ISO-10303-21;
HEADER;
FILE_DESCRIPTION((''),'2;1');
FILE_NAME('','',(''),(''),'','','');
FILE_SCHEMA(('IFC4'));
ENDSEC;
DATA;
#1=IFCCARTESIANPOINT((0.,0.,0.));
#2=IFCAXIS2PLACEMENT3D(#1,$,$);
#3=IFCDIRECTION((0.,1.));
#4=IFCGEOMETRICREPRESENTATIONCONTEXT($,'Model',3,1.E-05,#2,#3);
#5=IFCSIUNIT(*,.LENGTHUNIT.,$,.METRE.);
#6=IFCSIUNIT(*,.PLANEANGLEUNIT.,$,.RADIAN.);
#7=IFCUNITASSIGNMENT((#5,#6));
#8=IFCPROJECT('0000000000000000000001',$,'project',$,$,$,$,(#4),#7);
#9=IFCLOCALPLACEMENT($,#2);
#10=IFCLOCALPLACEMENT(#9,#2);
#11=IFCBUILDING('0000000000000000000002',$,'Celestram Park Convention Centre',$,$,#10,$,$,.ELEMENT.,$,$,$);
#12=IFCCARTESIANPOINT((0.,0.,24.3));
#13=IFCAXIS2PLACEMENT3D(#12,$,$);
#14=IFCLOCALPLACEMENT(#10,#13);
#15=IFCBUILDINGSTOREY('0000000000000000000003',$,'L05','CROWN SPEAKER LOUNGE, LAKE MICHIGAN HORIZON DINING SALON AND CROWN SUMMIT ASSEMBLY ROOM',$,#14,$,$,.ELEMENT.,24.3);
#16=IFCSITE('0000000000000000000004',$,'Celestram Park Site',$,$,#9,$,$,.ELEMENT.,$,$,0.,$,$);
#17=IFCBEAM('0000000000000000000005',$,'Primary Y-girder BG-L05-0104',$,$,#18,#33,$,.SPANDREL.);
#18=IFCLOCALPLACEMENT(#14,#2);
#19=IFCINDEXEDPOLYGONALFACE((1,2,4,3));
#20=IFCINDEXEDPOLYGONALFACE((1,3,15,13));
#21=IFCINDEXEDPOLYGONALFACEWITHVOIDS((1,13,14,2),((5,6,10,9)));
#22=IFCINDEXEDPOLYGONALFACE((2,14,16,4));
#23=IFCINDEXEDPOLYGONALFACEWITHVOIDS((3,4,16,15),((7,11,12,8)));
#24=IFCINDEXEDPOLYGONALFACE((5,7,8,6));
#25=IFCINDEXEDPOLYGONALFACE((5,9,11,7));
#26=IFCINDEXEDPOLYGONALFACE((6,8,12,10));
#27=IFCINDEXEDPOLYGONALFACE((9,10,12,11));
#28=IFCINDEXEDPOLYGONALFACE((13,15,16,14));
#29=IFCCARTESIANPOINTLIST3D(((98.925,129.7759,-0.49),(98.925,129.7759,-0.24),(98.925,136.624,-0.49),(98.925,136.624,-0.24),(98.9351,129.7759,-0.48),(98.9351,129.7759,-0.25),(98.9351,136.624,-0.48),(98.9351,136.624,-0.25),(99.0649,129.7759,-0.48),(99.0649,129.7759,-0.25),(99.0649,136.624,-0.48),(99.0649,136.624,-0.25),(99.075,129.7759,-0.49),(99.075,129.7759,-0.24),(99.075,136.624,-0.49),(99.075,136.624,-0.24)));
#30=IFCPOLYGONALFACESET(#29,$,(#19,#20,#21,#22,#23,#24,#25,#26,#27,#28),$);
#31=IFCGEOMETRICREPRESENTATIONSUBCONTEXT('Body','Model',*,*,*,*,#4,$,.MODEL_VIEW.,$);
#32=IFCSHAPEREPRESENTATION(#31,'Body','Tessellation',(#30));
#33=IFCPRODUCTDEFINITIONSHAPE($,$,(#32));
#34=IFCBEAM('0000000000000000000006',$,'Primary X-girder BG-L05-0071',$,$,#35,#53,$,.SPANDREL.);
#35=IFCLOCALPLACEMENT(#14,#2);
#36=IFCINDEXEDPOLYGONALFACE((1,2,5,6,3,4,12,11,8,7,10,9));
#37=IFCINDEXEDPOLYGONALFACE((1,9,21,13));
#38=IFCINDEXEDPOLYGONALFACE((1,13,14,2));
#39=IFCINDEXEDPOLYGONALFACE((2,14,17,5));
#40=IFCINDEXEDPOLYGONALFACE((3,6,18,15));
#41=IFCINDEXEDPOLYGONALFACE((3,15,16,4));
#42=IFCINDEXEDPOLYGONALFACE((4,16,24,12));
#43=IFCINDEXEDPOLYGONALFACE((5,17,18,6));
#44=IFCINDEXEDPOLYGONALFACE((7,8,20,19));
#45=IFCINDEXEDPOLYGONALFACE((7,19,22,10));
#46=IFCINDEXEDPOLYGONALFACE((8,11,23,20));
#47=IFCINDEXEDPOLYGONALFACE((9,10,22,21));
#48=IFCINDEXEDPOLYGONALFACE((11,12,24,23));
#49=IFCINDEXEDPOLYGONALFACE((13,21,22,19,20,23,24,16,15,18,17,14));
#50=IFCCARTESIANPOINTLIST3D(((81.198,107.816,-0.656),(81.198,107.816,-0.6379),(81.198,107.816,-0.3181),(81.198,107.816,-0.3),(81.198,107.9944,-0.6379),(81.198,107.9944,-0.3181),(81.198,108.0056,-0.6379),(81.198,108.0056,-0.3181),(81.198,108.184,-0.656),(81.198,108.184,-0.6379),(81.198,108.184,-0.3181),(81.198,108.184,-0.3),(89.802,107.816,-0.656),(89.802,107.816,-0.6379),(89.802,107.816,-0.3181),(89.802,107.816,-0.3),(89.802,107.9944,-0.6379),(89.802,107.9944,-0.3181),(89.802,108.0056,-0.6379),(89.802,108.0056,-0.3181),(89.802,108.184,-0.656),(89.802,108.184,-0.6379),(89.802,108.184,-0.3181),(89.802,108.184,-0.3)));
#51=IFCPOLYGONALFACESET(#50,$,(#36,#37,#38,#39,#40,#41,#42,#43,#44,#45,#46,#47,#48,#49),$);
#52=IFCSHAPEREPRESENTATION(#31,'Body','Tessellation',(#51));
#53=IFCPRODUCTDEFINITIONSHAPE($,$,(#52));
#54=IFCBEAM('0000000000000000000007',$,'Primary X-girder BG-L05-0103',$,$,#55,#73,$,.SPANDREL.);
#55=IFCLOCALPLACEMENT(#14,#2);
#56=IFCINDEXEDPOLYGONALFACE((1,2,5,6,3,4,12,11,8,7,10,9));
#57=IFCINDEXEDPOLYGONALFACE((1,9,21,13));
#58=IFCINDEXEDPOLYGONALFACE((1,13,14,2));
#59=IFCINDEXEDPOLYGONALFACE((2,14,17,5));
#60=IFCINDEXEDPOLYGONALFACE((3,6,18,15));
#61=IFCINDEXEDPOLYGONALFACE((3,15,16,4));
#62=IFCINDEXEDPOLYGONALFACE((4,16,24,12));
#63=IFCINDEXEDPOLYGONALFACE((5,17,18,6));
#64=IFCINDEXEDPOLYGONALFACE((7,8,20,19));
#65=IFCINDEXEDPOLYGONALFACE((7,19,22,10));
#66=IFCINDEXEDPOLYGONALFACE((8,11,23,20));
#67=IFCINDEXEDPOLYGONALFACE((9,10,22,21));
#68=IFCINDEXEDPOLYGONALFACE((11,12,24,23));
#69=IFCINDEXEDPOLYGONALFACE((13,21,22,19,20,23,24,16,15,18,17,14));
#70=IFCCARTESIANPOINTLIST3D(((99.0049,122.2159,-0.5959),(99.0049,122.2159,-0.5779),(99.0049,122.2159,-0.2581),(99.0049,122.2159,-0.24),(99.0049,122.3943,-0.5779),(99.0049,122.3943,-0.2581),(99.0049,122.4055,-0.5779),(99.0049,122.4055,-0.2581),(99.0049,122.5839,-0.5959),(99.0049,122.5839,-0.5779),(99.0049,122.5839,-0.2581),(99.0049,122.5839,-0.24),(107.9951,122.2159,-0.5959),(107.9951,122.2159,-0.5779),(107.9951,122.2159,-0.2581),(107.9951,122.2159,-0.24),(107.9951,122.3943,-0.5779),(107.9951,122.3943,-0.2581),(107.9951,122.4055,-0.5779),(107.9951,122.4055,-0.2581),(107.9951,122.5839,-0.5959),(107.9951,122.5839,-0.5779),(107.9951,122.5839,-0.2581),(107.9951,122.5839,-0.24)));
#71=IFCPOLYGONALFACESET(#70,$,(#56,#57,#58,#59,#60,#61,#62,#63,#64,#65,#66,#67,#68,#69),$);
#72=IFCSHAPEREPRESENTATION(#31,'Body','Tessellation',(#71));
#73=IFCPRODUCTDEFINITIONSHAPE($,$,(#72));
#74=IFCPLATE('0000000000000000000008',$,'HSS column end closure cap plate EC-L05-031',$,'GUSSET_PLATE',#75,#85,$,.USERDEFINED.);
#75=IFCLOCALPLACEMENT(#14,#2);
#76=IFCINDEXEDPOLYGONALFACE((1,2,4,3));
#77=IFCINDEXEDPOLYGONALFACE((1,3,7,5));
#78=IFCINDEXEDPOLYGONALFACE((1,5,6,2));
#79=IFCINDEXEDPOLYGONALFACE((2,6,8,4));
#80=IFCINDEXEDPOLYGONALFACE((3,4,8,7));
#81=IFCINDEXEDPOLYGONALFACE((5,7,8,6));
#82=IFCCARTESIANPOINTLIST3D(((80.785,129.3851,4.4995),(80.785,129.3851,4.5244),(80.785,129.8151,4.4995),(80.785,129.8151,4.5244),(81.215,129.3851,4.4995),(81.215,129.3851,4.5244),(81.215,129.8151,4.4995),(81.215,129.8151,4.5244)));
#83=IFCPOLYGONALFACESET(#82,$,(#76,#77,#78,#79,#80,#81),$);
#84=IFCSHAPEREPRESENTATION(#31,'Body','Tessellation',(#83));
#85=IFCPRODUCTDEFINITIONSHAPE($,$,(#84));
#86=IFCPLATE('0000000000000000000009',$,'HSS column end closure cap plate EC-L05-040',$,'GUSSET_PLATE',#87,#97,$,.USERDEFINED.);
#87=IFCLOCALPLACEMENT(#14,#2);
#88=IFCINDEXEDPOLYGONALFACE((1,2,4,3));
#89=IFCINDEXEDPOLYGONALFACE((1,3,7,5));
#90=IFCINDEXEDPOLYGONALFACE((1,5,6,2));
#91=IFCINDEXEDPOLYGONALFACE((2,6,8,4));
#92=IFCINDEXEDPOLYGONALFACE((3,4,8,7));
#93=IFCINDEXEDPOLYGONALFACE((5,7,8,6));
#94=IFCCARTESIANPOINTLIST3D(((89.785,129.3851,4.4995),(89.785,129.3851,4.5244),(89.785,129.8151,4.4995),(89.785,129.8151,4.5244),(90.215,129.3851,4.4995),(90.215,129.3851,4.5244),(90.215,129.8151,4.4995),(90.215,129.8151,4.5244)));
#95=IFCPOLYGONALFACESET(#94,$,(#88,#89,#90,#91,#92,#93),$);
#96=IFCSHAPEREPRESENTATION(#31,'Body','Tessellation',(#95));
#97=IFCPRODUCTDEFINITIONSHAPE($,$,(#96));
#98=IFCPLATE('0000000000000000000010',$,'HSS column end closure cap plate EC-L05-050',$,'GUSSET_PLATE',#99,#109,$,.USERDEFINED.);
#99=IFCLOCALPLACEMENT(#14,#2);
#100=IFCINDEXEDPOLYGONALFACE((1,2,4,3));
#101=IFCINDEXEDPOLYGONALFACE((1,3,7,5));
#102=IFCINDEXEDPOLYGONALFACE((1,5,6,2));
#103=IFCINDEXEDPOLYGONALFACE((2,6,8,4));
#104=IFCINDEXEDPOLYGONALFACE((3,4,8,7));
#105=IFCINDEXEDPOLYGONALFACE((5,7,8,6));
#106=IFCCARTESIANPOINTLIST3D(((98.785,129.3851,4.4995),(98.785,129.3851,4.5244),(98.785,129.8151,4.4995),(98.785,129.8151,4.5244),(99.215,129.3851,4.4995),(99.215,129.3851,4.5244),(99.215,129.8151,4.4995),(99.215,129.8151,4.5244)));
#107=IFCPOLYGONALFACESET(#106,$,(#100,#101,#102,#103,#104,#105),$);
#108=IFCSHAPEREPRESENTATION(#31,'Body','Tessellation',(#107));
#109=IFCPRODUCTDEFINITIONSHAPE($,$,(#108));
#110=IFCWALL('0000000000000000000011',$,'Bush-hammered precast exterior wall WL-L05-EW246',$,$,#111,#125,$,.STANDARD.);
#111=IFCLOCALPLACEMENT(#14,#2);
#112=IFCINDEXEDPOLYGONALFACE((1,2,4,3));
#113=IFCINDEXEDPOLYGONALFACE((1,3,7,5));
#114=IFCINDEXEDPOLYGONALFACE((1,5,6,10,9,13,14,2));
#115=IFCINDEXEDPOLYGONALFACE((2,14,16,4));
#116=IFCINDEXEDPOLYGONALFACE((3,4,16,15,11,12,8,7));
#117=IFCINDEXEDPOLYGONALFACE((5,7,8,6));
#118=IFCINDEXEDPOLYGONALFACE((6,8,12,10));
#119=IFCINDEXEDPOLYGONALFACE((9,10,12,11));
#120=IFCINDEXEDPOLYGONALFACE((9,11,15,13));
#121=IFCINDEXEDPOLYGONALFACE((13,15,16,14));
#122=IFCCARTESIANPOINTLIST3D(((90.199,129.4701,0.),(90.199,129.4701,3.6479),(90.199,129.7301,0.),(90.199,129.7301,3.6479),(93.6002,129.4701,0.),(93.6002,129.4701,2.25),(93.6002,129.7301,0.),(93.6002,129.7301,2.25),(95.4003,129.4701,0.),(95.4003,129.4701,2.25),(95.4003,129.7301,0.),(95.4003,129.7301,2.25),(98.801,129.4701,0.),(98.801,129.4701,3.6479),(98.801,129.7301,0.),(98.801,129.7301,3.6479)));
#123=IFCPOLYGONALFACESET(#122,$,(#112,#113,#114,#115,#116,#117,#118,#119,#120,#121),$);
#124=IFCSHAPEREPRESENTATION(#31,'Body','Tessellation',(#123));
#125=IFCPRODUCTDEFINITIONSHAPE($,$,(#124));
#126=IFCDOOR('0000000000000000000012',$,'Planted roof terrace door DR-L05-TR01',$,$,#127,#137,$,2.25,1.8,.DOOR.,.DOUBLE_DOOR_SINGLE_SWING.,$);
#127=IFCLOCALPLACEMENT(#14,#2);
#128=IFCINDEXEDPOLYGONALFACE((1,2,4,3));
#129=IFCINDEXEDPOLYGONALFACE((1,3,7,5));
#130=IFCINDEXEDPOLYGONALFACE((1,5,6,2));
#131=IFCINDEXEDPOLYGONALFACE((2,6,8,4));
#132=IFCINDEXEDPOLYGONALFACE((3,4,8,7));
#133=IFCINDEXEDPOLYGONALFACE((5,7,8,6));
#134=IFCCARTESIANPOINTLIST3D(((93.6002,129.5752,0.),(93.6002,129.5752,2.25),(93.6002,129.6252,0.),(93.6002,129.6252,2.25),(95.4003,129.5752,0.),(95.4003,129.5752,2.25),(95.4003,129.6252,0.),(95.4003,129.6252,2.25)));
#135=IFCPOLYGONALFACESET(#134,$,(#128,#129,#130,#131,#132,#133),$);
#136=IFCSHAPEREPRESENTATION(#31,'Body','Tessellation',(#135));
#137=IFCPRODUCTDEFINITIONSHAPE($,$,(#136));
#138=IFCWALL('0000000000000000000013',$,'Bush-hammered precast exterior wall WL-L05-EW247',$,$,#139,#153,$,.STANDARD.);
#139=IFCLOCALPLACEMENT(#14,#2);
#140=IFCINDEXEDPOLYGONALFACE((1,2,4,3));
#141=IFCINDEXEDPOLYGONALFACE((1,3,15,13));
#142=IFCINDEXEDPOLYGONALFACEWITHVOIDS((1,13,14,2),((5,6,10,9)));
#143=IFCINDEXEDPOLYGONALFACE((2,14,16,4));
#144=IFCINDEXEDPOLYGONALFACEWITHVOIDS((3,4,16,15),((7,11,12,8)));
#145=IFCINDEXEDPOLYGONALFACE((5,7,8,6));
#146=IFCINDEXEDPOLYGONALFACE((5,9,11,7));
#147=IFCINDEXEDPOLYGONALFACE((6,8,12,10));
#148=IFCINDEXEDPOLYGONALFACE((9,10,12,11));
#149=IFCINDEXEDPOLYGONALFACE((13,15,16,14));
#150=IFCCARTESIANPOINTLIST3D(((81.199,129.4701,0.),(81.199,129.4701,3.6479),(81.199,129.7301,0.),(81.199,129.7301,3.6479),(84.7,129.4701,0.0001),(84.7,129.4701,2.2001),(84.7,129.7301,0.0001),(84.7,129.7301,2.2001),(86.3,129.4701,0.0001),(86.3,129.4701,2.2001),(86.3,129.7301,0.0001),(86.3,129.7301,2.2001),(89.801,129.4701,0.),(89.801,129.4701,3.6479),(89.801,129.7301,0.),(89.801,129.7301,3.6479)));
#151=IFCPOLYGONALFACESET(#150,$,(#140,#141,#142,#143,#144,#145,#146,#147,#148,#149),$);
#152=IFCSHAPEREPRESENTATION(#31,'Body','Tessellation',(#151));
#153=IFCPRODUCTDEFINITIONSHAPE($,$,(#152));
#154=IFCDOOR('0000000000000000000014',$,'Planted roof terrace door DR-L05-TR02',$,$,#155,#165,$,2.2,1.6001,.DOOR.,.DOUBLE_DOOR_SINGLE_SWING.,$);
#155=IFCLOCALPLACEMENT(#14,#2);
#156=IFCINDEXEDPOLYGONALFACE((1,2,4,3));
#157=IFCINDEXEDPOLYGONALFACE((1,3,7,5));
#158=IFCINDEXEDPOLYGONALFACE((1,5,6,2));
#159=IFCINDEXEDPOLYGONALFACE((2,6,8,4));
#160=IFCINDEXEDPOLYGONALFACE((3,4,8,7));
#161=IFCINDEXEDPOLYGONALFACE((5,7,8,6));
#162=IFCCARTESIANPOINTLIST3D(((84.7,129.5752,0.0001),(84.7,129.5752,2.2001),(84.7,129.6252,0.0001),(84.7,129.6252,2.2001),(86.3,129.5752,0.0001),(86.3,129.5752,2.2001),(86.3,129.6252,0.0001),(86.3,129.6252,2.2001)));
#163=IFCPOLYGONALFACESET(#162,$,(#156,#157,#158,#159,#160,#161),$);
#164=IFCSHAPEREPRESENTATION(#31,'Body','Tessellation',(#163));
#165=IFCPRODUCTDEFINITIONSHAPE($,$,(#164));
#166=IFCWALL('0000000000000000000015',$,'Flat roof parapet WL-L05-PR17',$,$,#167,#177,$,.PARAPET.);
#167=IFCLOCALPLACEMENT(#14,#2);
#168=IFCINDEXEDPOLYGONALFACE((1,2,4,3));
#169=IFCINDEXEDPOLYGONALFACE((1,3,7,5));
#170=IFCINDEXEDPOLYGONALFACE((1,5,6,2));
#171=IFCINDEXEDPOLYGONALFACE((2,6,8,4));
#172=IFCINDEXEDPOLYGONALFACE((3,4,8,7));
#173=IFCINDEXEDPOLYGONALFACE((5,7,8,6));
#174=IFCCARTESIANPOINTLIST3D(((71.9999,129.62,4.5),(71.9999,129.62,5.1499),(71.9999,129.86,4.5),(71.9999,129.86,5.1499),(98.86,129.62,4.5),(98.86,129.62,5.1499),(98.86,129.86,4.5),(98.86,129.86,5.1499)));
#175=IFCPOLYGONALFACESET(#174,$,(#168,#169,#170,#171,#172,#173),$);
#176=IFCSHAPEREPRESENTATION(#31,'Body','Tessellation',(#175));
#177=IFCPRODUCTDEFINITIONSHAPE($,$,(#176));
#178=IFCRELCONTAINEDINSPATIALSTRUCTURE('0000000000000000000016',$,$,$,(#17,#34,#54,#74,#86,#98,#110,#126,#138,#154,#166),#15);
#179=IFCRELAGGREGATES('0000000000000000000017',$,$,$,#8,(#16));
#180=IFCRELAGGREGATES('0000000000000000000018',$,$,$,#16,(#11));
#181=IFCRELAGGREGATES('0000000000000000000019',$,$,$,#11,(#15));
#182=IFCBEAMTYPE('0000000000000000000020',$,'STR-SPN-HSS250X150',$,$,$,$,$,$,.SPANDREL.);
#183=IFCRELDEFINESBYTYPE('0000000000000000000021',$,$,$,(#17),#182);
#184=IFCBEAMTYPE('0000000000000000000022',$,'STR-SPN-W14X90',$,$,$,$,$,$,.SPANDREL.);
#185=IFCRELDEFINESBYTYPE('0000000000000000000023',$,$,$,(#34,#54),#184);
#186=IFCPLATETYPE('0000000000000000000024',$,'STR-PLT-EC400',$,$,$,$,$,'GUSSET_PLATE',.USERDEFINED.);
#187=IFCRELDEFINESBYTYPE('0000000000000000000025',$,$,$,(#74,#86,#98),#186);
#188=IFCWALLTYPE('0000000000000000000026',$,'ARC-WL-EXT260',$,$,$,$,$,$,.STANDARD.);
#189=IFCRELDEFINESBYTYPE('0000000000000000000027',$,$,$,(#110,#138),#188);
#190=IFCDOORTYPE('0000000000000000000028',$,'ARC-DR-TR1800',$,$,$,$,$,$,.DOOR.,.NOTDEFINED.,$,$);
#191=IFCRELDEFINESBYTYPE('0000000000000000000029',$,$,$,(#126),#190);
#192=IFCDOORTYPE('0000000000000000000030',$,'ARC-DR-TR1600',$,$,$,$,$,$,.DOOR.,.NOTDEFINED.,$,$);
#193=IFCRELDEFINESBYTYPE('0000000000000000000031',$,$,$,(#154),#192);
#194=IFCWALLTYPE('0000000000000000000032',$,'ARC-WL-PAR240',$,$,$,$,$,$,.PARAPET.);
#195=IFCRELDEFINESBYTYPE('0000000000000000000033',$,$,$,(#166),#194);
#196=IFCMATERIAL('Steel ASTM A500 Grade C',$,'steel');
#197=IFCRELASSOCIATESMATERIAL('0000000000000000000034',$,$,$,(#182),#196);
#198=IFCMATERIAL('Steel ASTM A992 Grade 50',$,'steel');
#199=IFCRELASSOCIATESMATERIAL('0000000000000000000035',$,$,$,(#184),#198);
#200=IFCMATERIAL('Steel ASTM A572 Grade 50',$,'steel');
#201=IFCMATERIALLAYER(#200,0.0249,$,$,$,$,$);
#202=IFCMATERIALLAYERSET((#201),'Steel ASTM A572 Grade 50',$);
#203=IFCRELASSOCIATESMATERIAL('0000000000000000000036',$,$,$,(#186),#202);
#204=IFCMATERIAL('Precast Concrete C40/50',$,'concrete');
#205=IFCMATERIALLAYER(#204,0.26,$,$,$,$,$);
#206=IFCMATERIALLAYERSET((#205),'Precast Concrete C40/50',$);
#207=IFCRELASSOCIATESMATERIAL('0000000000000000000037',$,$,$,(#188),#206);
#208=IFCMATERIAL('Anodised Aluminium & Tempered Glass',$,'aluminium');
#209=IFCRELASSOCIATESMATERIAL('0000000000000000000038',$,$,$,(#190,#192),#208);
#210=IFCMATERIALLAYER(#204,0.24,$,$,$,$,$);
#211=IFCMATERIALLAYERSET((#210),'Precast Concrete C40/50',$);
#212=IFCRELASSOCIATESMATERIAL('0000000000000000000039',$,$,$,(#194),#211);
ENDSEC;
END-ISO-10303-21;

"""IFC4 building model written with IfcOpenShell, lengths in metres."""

from ifc_helpers import new_model, si_unit, direction, frame, frame_2d, origin, origin_2d, place, context, subcontext, project, spatial, rectangle, hollow_rectangle, i_section, extrude, material, layer, layer_set, material_profile, profile_set, type_object, element, fill, save


model = new_model("IFC4")

# Units and contexts
model_context = context("Model", 3, precision=1e-05, world=origin(), true_north=direction((0.0, 1.0)))
body_context = subcontext(model_context, "Body", "Model", "MODEL_VIEW")
ifc_project = project(units=[si_unit("LENGTHUNIT", "METRE"), si_unit("PLANEANGLEUNIT", "RADIAN")], contexts=[model_context])

# Site, building, storey
site_placement = place(None, origin())
site = spatial("IfcSite", under=ifc_project, at=site_placement, Name="Celestram Park Site", CompositionType="ELEMENT", RefElevation=0.0)
building_placement = place(site_placement, origin())
building = spatial("IfcBuilding", under=site, at=building_placement, Name="Celestram Park Convention Centre", CompositionType="ELEMENT")
storey_placement = place(building_placement, frame((0.0, 0.0, 24.3)))
storey = spatial("IfcBuildingStorey", under=building, at=storey_placement, Name="L05", Description="CROWN SPEAKER LOUNGE, LAKE MICHIGAN HORIZON DINING SALON AND CROWN SUMMIT ASSEMBLY ROOM", CompositionType="ELEMENT", Elevation=24.3)

# Shared definitions
ifc_material_1 = material(Name="Steel ASTM A500 Grade C", Category="steel")

# Beams
ifc_material_2 = material(Name="Steel ASTM A992 Grade 50", Category="steel")
ifc_material_profile_1 = material_profile(ifc_material_1, hollow_rectangle(XDim=0.1499, YDim=0.25, WallThickness=0.01, at=origin_2d()), Name="HSS250X150X10")
ifc_profile_set_1 = profile_set([ifc_material_profile_1], Name="Steel ASTM A500 Grade C")
beam_type_1 = type_object("IfcBeamType", Name="STR-SPN-HSS250X150", PredefinedType="SPANDREL", material=ifc_profile_set_1)
beam_1_placement = place(storey_placement, frame((99.0, 129.7759, -0.365), z_axis=(0.0, 1.0, 0.0), x_axis=(-1.0, 0.0, 0.0)))
element("IfcBeam", 1, at=beam_1_placement, inside=storey, type_object=beam_type_1, Name="Primary Y-girder BG-L05-0104", PredefinedType="SPANDREL", context=body_context, shape_type="SweptSolid", body=[
    extrude(hollow_rectangle(XDim=0.1499, YDim=0.25, WallThickness=0.01, at=origin_2d()), origin(), (0.0, 0.0, 1.0), 6.8481),
])
ifc_material_profile_2 = material_profile(ifc_material_2, i_section(OverallWidth=0.3679, OverallDepth=0.356, WebThickness=0.0112, FlangeThickness=0.0181, at=origin_2d()), Name="W14X90")
ifc_profile_set_2 = profile_set([ifc_material_profile_2], Name="Steel ASTM A992 Grade 50")
beam_type_2 = type_object("IfcBeamType", Name="STR-SPN-W14X90", PredefinedType="SPANDREL", material=ifc_profile_set_2)
beam_2_placement = place(storey_placement, frame((81.198, 108.0, -0.478), z_axis=(1.0, 0.0, 0.0), x_axis=(0.0, 1.0, 0.0)))
element("IfcBeam", 2, at=beam_2_placement, inside=storey, type_object=beam_type_2, Name="Primary X-girder BG-L05-0071", PredefinedType="SPANDREL", context=body_context, shape_type="SweptSolid", body=[
    extrude(i_section(OverallWidth=0.3679, OverallDepth=0.356, WebThickness=0.0112, FlangeThickness=0.0181, at=origin_2d()), origin(), (0.0, 0.0, 1.0), 8.604),
])
beam_3_placement = place(storey_placement, frame((99.0049, 122.3999, -0.418), z_axis=(1.0, 0.0, 0.0), x_axis=(0.0, 1.0, 0.0)))
element("IfcBeam", 3, at=beam_3_placement, inside=storey, type_object=beam_type_2, Name="Primary X-girder BG-L05-0103", PredefinedType="SPANDREL", context=body_context, shape_type="SweptSolid", body=[
    extrude(i_section(OverallWidth=0.3679, OverallDepth=0.356, WebThickness=0.0112, FlangeThickness=0.0181, at=origin_2d()), origin(), (0.0, 0.0, 1.0), 8.9902),
])

# Plates
ifc_material_3 = material(Name="Steel ASTM A572 Grade 50", Category="steel")
ifc_layer_1 = layer(ifc_material_3, 0.0249)
ifc_layer_set_1 = layer_set([ifc_layer_1], Name="Steel ASTM A572 Grade 50")
plate_type = type_object("IfcPlateType", Name="STR-PLT-EC400", ElementType="GUSSET_PLATE", PredefinedType="USERDEFINED", material=ifc_layer_set_1)
for number, where, z_axis, x_axis, name in (
    (4, (81.0, 129.6001, 4.4995), (0.0, 0.0, 1.0), (1.0, 0.0, 0.0), "HSS column end closure cap plate EC-L05-031"),
    (5, (90.0, 129.6001, 4.4995), (0.0, 0.0, 1.0), (1.0, 0.0, 0.0), "HSS column end closure cap plate EC-L05-040"),
    (6, (99.0, 129.6001, 4.4995), (0.0, 0.0, 1.0), (1.0, 0.0, 0.0), "HSS column end closure cap plate EC-L05-050"),
):
    element("IfcPlate", number, at=place(storey_placement, frame(where, z_axis=z_axis, x_axis=x_axis)), inside=storey, type_object=plate_type, Name=name, ObjectType="GUSSET_PLATE", PredefinedType="USERDEFINED", context=body_context, shape_type="SweptSolid", body=[
        extrude(rectangle(XDim=0.4299, YDim=0.4299, at=origin_2d()), origin(), (0.0, 0.0, 1.0), 0.0249),
    ])

# Walls, openings, doors
ifc_material_4 = material(Name="Precast Concrete C40/50", Category="concrete")
ifc_layer_2 = layer(ifc_material_4, 0.26)
ifc_layer_set_2 = layer_set([ifc_layer_2], Name="Precast Concrete C40/50")
wall_type_1 = type_object("IfcWallType", Name="ARC-WL-EXT260", PredefinedType="STANDARD", material=ifc_layer_set_2)
wall_1_placement = place(storey_placement, frame((98.801, 129.6001, 0.0), z_axis=(0.0, 0.0, 1.0), x_axis=(-1.0, 0.0, 0.0)))
wall_1 = element("IfcWall", 7, at=wall_1_placement, inside=storey, type_object=wall_type_1, Name="Bush-hammered precast exterior wall WL-L05-EW246", PredefinedType="STANDARD", context=body_context, shape_type="SweptSolid", body=[
    extrude(rectangle(XDim=8.6021, YDim=0.26, at=frame_2d((4.301, 0.0))), origin(), (0.0, 0.0, 1.0), 3.6479),
])
opening_1_placement = place(wall_1_placement, frame((3.4009, 0.0, 0.0)))
opening_1 = element("IfcOpeningElement", 8, at=opening_1_placement, cuts=wall_1, PredefinedType="OPENING", context=body_context, shape_type="SweptSolid", body=[
    extrude(rectangle(XDim=1.8, YDim=2.25, at=frame_2d((0.8999, 1.125))), frame((0.0, 0.1399, 0.0), z_axis=(0.0, -1.0, 0.0), x_axis=(1.0, 0.0, 0.0)), (0.0, 0.0, 1.0), 0.28),
])
ifc_material_5 = material(Name="Anodised Aluminium & Tempered Glass", Category="aluminium")
door_type_1 = type_object("IfcDoorType", Name="ARC-DR-TR1800", OperationType="NOTDEFINED", PredefinedType="DOOR", material=ifc_material_5)
door_1_placement = place(opening_1_placement, origin())
door_1 = element("IfcDoor", 9, at=door_1_placement, inside=storey, type_object=door_type_1, Name="Planted roof terrace door DR-L05-TR01", OperationType="DOUBLE_DOOR_SINGLE_SWING", OverallHeight=2.25, OverallWidth=1.8, PredefinedType="DOOR", context=body_context, shape_type="SweptSolid", body=[
    extrude(rectangle(XDim=1.8, YDim=2.25, at=frame_2d((0.8999, 1.125))), frame((0.0, 0.0249, 0.0), z_axis=(0.0, -1.0, 0.0), x_axis=(1.0, 0.0, 0.0)), (0.0, 0.0, 1.0), 0.05),
])
fill(opening_1, door_1)
wall_2_placement = place(storey_placement, frame((89.801, 129.6001, 0.0), z_axis=(0.0, 0.0, 1.0), x_axis=(-1.0, 0.0, 0.0)))
wall_2 = element("IfcWall", 10, at=wall_2_placement, inside=storey, type_object=wall_type_1, Name="Bush-hammered precast exterior wall WL-L05-EW247", PredefinedType="STANDARD", context=body_context, shape_type="SweptSolid", body=[
    extrude(rectangle(XDim=8.6021, YDim=0.26, at=frame_2d((4.301, 0.0))), origin(), (0.0, 0.0, 1.0), 3.6479),
])
opening_2_placement = place(wall_2_placement, frame((3.501, 0.0, 0.0)))
opening_2 = element("IfcOpeningElement", 11, at=opening_2_placement, cuts=wall_2, PredefinedType="OPENING", context=body_context, shape_type="SweptSolid", body=[
    extrude(rectangle(XDim=1.6001, YDim=2.2, at=frame_2d((0.8, 1.1001))), frame((0.0, 0.1399, 0.0), z_axis=(0.0, -1.0, 0.0), x_axis=(1.0, 0.0, 0.0)), (0.0, 0.0, 1.0), 0.28),
])
door_type_2 = type_object("IfcDoorType", Name="ARC-DR-TR1600", OperationType="NOTDEFINED", PredefinedType="DOOR", material=ifc_material_5)
door_2_placement = place(opening_2_placement, origin())
door_2 = element("IfcDoor", 12, at=door_2_placement, inside=storey, type_object=door_type_2, Name="Planted roof terrace door DR-L05-TR02", OperationType="DOUBLE_DOOR_SINGLE_SWING", OverallHeight=2.2, OverallWidth=1.6001, PredefinedType="DOOR", context=body_context, shape_type="SweptSolid", body=[
    extrude(rectangle(XDim=1.6001, YDim=2.2, at=frame_2d((0.8, 1.1001))), frame((0.0, 0.0249, 0.0), z_axis=(0.0, -1.0, 0.0), x_axis=(1.0, 0.0, 0.0)), (0.0, 0.0, 1.0), 0.05),
])
fill(opening_2, door_2)

# Wall
ifc_layer_3 = layer(ifc_material_4, 0.24)
ifc_layer_set_3 = layer_set([ifc_layer_3], Name="Precast Concrete C40/50")
wall_type_2 = type_object("IfcWallType", Name="ARC-WL-PAR240", PredefinedType="PARAPET", material=ifc_layer_set_3)
wall_3_placement = place(storey_placement, frame((98.8601, 129.74, 4.5), z_axis=(0.0, 0.0, 1.0), x_axis=(-1.0, 0.0, 0.0)))
element("IfcWall", 13, at=wall_3_placement, inside=storey, type_object=wall_type_2, Name="Flat roof parapet WL-L05-PR17", PredefinedType="PARAPET", context=body_context, shape_type="SweptSolid", body=[
    extrude(rectangle(XDim=26.8601, YDim=0.24, at=frame_2d((13.4302, 0.0))), origin(), (0.0, 0.0, 1.0), 0.6499),
])

save(model, "model.ifc")
